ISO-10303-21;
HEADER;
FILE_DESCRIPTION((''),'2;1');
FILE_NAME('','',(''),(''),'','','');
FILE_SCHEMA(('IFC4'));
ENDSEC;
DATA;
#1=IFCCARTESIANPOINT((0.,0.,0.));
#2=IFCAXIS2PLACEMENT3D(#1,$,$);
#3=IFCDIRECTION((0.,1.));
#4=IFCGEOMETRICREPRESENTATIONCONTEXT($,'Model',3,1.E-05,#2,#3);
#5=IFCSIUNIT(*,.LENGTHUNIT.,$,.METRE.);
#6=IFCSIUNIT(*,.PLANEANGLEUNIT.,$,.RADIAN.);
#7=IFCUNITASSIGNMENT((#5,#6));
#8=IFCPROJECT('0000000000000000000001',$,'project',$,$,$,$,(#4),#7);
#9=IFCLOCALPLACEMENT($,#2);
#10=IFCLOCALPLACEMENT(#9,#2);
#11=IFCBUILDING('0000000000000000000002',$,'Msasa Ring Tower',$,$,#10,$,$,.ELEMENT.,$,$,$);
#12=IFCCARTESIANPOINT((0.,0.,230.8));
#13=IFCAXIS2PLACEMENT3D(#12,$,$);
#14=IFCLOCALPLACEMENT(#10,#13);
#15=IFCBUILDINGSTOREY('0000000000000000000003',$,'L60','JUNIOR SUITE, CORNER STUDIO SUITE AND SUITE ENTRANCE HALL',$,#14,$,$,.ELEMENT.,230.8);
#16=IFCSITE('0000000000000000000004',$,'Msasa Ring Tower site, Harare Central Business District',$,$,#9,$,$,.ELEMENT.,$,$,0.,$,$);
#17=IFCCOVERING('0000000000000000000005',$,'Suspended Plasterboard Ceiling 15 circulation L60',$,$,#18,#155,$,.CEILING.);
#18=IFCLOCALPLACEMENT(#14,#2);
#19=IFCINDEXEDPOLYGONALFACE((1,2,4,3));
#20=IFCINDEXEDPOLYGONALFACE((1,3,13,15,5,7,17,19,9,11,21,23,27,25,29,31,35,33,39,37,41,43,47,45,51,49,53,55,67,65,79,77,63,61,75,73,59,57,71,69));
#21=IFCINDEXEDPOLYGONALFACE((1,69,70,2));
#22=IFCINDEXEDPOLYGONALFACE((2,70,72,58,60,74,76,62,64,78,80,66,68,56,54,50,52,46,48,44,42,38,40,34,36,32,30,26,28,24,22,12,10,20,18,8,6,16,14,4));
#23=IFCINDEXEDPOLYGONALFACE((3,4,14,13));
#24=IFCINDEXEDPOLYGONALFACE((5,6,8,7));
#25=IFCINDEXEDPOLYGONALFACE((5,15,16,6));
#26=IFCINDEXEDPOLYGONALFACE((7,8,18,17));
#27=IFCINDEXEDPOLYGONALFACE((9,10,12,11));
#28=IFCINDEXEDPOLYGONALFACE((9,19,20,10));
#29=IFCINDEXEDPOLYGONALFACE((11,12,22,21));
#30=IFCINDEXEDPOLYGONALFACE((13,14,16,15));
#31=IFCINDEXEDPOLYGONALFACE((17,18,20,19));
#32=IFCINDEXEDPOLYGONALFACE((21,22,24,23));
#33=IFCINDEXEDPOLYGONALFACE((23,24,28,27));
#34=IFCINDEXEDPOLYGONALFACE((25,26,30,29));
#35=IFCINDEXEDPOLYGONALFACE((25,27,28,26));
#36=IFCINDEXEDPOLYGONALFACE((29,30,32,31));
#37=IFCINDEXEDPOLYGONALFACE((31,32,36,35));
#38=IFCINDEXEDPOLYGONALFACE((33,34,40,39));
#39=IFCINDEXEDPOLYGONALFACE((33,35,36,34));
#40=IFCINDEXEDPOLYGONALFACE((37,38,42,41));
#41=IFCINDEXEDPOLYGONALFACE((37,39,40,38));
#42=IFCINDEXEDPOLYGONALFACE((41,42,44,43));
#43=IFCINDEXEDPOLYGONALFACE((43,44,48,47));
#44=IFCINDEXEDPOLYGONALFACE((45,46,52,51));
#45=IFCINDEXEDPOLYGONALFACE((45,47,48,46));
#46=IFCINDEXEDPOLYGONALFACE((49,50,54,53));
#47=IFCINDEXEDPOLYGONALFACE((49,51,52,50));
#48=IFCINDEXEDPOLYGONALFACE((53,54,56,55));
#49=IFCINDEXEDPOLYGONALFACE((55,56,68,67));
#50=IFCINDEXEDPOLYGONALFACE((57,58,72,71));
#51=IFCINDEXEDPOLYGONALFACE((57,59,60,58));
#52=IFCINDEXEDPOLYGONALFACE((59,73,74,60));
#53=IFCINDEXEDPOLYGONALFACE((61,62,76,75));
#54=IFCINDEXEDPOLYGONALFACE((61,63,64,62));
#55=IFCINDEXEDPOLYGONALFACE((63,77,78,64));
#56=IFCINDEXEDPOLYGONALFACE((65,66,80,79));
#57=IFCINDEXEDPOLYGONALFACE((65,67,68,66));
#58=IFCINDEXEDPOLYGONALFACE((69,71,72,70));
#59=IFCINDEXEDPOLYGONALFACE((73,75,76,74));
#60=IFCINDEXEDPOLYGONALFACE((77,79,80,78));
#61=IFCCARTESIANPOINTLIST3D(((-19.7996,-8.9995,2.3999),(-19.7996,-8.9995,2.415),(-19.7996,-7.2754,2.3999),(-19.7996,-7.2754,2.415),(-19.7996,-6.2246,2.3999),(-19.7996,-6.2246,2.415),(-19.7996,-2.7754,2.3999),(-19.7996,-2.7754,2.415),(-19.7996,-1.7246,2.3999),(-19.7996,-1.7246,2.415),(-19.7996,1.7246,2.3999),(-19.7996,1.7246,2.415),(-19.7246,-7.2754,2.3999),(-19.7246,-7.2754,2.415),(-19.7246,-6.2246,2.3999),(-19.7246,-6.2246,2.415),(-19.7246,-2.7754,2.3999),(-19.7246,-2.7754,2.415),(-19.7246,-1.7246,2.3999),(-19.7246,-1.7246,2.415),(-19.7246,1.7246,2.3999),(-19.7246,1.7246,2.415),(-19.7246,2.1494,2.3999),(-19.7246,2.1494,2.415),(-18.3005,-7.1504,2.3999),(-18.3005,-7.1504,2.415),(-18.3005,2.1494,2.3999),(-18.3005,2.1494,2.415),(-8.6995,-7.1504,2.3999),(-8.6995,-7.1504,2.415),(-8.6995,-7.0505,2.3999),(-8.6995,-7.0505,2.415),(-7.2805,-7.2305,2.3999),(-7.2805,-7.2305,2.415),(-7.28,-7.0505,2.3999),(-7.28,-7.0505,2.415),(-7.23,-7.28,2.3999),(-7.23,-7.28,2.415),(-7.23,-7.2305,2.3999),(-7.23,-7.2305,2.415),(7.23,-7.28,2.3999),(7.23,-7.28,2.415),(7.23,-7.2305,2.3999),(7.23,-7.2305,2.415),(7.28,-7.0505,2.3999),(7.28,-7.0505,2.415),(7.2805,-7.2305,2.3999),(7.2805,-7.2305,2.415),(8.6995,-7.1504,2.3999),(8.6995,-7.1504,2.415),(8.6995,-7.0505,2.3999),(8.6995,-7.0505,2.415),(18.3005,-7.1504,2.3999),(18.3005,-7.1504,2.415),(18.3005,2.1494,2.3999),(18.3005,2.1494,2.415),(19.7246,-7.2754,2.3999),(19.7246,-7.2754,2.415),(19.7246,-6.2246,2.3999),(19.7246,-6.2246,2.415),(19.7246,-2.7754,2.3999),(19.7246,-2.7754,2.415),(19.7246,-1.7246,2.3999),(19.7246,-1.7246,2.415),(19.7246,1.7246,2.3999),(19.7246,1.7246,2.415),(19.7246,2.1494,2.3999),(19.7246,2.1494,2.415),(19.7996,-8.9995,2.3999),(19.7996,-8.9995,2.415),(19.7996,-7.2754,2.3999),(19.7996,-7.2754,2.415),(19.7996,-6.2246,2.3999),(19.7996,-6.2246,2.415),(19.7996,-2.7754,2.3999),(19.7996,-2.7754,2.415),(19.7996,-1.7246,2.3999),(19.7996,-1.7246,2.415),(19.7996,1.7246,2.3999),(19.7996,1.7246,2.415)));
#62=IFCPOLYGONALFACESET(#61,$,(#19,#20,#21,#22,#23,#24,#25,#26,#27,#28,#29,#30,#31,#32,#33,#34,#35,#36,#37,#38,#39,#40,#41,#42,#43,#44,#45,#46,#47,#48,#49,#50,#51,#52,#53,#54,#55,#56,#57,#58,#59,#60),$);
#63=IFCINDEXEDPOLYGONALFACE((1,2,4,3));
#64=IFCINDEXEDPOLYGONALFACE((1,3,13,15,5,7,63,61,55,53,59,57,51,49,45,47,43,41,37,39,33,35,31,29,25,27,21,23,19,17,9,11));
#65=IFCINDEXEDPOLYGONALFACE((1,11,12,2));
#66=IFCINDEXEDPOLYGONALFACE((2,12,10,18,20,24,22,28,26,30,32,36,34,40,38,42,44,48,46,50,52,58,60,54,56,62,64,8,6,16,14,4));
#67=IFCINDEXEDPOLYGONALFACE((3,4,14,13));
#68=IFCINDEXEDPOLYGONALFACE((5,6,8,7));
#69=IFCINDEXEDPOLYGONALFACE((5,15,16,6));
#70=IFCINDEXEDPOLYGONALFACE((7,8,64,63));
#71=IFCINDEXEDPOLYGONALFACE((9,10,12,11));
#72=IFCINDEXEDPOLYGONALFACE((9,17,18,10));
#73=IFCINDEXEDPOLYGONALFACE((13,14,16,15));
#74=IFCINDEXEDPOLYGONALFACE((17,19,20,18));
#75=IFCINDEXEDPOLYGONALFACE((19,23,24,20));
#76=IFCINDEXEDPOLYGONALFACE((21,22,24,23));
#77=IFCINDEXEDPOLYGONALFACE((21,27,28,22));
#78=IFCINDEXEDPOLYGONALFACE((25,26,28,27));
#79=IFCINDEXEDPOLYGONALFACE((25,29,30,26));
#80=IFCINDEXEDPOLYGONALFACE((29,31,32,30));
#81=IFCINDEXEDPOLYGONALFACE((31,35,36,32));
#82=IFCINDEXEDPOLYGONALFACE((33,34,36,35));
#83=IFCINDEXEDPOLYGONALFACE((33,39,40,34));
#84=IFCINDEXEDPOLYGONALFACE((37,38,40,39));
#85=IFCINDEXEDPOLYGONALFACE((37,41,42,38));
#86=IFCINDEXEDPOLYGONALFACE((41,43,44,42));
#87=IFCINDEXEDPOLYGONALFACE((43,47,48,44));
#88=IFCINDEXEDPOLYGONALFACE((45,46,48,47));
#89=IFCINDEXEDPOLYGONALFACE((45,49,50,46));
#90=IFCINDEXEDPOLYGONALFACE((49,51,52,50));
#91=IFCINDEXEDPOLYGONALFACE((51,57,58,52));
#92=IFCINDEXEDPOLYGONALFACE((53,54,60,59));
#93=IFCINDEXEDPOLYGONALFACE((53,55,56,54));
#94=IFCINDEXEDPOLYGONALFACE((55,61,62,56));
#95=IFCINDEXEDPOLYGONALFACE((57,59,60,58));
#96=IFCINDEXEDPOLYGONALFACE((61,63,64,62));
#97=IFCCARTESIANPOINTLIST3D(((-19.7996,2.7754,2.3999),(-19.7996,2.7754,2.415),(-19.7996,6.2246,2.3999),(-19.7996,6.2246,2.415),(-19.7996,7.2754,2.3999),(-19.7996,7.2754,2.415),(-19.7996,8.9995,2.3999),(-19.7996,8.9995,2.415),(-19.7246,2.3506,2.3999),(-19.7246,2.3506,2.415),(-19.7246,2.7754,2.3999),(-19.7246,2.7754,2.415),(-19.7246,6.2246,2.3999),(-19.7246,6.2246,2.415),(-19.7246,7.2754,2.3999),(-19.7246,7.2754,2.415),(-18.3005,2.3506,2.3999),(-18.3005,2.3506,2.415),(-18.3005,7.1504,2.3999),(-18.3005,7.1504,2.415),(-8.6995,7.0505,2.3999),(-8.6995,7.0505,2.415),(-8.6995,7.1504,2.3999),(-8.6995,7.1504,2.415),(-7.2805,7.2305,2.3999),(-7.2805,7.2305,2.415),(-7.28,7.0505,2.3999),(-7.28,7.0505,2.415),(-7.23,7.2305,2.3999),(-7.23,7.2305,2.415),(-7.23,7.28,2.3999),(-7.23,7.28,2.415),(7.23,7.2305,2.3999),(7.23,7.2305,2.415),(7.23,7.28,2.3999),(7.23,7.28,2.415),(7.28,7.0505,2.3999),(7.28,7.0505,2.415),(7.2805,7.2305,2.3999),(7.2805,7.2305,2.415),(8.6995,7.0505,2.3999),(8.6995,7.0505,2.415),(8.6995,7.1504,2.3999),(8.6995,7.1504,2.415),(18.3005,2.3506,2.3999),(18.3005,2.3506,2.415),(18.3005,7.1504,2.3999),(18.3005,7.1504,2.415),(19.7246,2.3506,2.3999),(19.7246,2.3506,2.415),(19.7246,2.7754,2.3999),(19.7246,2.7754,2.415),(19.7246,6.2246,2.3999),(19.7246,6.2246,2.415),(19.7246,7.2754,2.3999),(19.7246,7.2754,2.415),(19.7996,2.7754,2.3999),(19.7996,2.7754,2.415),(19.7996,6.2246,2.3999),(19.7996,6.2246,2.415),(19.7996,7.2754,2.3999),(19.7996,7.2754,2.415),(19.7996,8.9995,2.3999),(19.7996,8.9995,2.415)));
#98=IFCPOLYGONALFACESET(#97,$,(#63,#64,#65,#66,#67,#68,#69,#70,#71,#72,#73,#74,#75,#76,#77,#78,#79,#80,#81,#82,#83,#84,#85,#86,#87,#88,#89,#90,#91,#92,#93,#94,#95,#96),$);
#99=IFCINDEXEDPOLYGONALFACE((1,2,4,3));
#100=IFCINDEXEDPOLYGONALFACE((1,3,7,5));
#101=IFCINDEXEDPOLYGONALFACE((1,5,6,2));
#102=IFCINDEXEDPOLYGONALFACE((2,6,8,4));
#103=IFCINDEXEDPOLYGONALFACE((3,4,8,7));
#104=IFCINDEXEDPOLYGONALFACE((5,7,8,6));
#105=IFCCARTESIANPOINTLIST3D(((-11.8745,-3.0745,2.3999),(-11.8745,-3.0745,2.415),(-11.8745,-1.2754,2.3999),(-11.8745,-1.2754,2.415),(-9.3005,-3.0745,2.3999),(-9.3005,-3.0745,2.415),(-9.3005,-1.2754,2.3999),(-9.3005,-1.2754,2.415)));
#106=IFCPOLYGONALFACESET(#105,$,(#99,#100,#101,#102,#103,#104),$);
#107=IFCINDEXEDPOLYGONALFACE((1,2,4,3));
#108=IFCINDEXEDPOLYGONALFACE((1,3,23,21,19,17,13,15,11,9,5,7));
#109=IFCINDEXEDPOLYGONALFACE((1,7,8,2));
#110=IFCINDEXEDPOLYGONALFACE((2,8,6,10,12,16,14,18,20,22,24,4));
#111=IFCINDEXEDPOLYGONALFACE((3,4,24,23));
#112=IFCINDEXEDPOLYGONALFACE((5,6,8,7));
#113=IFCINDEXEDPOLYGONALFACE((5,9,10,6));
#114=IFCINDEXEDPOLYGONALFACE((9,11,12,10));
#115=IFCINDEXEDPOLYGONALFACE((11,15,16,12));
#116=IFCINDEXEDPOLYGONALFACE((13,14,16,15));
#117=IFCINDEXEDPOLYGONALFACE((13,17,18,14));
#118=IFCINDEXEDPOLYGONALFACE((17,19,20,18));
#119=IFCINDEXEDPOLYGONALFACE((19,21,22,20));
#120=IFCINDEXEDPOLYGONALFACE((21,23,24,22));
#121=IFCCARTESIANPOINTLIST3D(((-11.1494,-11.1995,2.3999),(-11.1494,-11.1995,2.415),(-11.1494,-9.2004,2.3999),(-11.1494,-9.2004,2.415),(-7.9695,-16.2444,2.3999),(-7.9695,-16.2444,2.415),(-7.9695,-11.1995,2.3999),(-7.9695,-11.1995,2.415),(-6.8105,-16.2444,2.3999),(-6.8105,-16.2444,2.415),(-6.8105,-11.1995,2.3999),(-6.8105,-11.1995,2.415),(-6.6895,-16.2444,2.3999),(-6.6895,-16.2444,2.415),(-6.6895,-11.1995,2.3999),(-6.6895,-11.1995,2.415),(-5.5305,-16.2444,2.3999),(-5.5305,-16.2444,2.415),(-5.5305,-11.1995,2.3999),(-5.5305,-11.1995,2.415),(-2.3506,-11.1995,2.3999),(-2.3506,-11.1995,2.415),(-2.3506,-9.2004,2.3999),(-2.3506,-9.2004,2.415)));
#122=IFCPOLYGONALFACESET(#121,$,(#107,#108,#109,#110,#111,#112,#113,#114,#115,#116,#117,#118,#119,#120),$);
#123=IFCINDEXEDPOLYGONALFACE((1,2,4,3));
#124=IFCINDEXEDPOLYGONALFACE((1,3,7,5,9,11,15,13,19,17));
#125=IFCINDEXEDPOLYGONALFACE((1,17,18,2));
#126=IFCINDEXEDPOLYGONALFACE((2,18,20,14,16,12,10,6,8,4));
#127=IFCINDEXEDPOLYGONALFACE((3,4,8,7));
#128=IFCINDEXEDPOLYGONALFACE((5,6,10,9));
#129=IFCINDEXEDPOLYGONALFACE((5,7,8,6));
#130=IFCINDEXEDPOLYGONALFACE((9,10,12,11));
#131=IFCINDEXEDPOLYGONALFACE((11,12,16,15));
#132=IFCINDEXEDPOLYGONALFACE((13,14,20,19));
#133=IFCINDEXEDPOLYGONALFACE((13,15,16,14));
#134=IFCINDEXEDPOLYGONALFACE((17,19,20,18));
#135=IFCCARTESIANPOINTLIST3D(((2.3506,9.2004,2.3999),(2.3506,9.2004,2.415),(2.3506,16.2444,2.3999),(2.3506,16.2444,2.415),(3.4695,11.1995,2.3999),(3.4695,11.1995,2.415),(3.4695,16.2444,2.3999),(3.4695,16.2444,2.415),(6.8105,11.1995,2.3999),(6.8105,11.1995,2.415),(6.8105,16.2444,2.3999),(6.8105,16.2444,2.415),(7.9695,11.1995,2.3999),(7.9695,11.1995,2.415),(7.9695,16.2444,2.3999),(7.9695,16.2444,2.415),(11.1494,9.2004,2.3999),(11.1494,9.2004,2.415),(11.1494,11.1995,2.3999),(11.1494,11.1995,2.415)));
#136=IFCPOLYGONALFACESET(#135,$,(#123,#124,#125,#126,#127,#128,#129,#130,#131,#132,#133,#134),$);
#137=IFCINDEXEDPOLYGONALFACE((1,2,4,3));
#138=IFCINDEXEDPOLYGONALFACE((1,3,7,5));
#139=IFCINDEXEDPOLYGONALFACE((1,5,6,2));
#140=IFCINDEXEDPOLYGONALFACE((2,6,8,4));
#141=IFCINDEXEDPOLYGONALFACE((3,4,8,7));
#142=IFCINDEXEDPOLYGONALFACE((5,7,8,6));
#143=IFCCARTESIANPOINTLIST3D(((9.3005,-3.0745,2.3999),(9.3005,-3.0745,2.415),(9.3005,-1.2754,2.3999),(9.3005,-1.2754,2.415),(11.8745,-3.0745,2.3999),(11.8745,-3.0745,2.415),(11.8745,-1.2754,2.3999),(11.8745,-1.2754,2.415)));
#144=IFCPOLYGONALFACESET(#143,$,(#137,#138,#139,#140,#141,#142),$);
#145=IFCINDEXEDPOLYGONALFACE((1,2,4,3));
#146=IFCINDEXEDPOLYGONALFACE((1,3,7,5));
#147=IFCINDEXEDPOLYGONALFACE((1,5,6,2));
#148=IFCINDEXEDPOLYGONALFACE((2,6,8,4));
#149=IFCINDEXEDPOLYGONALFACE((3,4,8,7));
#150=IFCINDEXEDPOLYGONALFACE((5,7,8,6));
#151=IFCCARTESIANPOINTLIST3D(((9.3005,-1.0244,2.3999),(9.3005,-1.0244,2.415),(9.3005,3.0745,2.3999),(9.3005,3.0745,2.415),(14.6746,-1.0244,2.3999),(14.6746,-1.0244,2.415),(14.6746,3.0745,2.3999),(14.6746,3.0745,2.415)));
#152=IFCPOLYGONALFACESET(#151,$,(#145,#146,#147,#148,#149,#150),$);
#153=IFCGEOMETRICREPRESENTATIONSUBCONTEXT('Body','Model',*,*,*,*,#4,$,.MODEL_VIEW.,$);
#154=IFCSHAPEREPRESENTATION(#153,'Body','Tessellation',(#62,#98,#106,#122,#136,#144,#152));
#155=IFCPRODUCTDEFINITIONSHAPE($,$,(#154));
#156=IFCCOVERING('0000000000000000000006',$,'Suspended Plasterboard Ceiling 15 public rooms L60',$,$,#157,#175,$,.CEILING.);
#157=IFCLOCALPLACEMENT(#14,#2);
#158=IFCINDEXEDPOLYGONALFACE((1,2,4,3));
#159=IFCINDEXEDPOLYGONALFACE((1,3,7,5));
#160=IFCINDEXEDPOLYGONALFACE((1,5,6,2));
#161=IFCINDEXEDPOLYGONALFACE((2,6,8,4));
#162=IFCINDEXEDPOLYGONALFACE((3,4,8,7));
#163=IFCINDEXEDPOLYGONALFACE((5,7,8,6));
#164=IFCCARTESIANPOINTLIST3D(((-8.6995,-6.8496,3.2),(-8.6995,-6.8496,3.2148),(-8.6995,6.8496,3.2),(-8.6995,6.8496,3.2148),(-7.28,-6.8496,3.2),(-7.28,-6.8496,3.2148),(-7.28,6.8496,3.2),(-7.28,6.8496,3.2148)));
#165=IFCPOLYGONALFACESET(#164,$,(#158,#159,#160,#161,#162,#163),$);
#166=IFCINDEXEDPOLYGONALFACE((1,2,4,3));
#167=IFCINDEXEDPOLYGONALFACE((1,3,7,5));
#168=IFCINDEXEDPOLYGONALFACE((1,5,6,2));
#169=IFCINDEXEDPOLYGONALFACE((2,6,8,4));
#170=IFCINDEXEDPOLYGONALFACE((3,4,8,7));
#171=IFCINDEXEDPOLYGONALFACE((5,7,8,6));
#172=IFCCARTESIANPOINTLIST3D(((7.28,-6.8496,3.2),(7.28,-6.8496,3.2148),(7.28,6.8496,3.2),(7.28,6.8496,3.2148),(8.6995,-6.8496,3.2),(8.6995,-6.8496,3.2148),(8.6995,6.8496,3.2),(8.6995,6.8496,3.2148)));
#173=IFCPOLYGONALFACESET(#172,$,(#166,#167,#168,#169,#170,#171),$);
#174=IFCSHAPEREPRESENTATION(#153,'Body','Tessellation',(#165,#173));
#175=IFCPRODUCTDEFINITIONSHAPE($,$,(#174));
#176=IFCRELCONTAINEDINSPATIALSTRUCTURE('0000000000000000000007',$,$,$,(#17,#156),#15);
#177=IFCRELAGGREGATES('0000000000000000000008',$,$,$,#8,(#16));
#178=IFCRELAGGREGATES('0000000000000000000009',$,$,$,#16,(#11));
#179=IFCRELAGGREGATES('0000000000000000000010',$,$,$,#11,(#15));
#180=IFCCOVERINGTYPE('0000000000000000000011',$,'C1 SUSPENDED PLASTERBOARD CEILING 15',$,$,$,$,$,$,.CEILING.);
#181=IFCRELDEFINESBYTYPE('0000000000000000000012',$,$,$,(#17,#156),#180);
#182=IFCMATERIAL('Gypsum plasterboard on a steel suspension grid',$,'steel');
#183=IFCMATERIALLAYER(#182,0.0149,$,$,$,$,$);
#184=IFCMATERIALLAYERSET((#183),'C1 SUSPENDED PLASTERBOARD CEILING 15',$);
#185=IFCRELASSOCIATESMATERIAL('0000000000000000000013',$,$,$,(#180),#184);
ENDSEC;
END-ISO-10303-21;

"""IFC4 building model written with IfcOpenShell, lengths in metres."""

from ifc_helpers import new_model, si_unit, direction, frame, origin, place, context, subcontext, project, spatial, line, indexed_curve, outline, extrude, material, layer, layer_set, type_object, element, save


model = new_model("IFC4")

# Units and contexts
model_context = context("Model", 3, precision=1e-05, world=origin(), true_north=direction((0.0, 1.0)))
body_context = subcontext(model_context, "Body", "Model", "MODEL_VIEW")
ifc_project = project(units=[si_unit("LENGTHUNIT", "METRE"), si_unit("PLANEANGLEUNIT", "RADIAN")], contexts=[model_context])

# Site, building, storey
site_placement = place(None, origin())
site = spatial("IfcSite", under=ifc_project, at=site_placement, Name="Msasa Ring Tower site, Harare Central Business District", CompositionType="ELEMENT", RefElevation=0.0)
building_placement = place(site_placement, origin())
building = spatial("IfcBuilding", under=site, at=building_placement, Name="Msasa Ring Tower", CompositionType="ELEMENT")
storey_placement = place(building_placement, frame((0.0, 0.0, 230.8)))
storey = spatial("IfcBuildingStorey", under=building, at=storey_placement, Name="L60", Description="JUNIOR SUITE, CORNER STUDIO SUITE AND SUITE ENTRANCE HALL", CompositionType="ELEMENT", Elevation=230.8)

# Coverings
ifc_material_1 = material(Name="Gypsum plasterboard on a steel suspension grid", Category="steel")
ifc_layer_1 = layer(ifc_material_1, 0.0149)
ifc_layer_set_1 = layer_set([ifc_layer_1], Name="C1 SUSPENDED PLASTERBOARD CEILING 15")
covering_type_1 = type_object("IfcCoveringType", Name="C1 SUSPENDED PLASTERBOARD CEILING 15", PredefinedType="CEILING", material=ifc_layer_set_1)
covering_1_placement = place(storey_placement, frame((0.0, 0.0, 2.3999)))
element("IfcCovering", 1, at=covering_1_placement, inside=storey, type_object=covering_type_1, Name="Suspended Plasterboard Ceiling 15 circulation L60", PredefinedType="CEILING", context=body_context, shape_type="SweptSolid", body=[
    extrude(outline(indexed_curve([(8.6995, -7.1504), (18.3005, -7.1504), (18.3005, 2.1494), (19.7246, 2.1494), (19.7246, 1.7246), (19.7996, 1.7246), (19.7996, -1.7246), (19.7246, -1.7246), (19.7246, -2.7754), (19.7996, -2.7754), (19.7996, -6.2246), (19.7246, -6.2246), (19.7246, -7.2754), (19.7996, -7.2754), (19.7996, -8.9995), (-19.7996, -8.9995), (-19.7996, -7.2754), (-19.7246, -7.2754), (-19.7246, -6.2246), (-19.7996, -6.2246), (-19.7996, -2.7754), (-19.7246, -2.7754), (-19.7246, -1.7246), (-19.7996, -1.7246), (-19.7996, 1.7246), (-19.7246, 1.7246), (-19.7246, 2.1494), (-18.3005, 2.1494), (-18.3005, -7.1504), (-8.6995, -7.1504), (-8.6995, -7.0505), (-7.28, -7.0505), (-7.2805, -7.2305), (-7.23, -7.2305), (-7.23, -7.28), (7.23, -7.28), (7.23, -7.2305), (7.2805, -7.2305), (7.28, -7.0505), (8.6995, -7.0505)], segments=[line(1, 2, 3, 4, 5, 6, 7, 8, 9, 10, 11, 12, 13, 14, 15, 16, 17, 18, 19, 20, 21, 22, 23, 24, 25, 26, 27, 28, 29, 30, 31, 32, 33, 34, 35, 36, 37, 38, 39, 40, 1)], self_intersect=False)), origin(), (0.0, 0.0, 1.0), 0.0151),
    extrude(outline(indexed_curve([(19.7996, 7.2754), (19.7246, 7.2754), (19.7246, 6.2246), (19.7996, 6.2246), (19.7996, 2.7754), (19.7246, 2.7754), (19.7246, 2.3506), (18.3005, 2.3506), (18.3005, 7.1504), (8.6995, 7.1504), (8.6995, 7.0505), (7.28, 7.0505), (7.2805, 7.2305), (7.23, 7.2305), (7.23, 7.28), (-7.23, 7.28), (-7.23, 7.2305), (-7.2805, 7.2305), (-7.28, 7.0505), (-8.6995, 7.0505), (-8.6995, 7.1504), (-18.3005, 7.1504), (-18.3005, 2.3506), (-19.7246, 2.3506), (-19.7246, 2.7754), (-19.7996, 2.7754), (-19.7996, 6.2246), (-19.7246, 6.2246), (-19.7246, 7.2754), (-19.7996, 7.2754), (-19.7996, 8.9995), (19.7996, 8.9995)], segments=[line(1, 2, 3, 4, 5, 6, 7, 8, 9, 10, 11, 12, 13, 14, 15, 16, 17, 18, 19, 20, 21, 22, 23, 24, 25, 26, 27, 28, 29, 30, 31, 32, 1)], self_intersect=False)), origin(), (0.0, 0.0, 1.0), 0.0151),
    extrude(outline(indexed_curve([(-11.8745, -3.0745), (-11.8745, -1.2754), (-9.3005, -1.2754), (-9.3005, -3.0745)], segments=[line(1, 2, 3, 4, 1)], self_intersect=False)), origin(), (0.0, 0.0, 1.0), 0.0151),
    extrude(outline(indexed_curve([(-5.5305, -16.2444), (-6.6895, -16.2444), (-6.6895, -11.1995), (-6.8105, -11.1995), (-6.8105, -16.2444), (-7.9695, -16.2444), (-7.9695, -11.1995), (-11.1494, -11.1995), (-11.1494, -9.2004), (-2.3506, -9.2004), (-2.3506, -11.1995), (-5.5305, -11.1995)], segments=[line(1, 2, 3, 4, 5, 6, 7, 8, 9, 10, 11, 12, 1)], self_intersect=False)), origin(), (0.0, 0.0, 1.0), 0.0151),
    extrude(outline(indexed_curve([(3.4695, 16.2444), (3.4695, 11.1995), (6.8105, 11.1995), (6.8105, 16.2444), (7.9695, 16.2444), (7.9695, 11.1995), (11.1494, 11.1995), (11.1494, 9.2004), (2.3506, 9.2004), (2.3506, 16.2444)], segments=[line(1, 2, 3, 4, 5, 6, 7, 8, 9, 10, 1)], self_intersect=False)), origin(), (0.0, 0.0, 1.0), 0.0151),
    extrude(outline(indexed_curve([(9.3005, -3.0745), (9.3005, -1.2754), (11.8745, -1.2754), (11.8745, -3.0745)], segments=[line(1, 2, 3, 4, 1)], self_intersect=False)), origin(), (0.0, 0.0, 1.0), 0.0151),
    extrude(outline(indexed_curve([(9.3005, -1.0244), (9.3005, 3.0745), (14.6746, 3.0745), (14.6746, -1.0244)], segments=[line(1, 2, 3, 4, 1)], self_intersect=False)), origin(), (0.0, 0.0, 1.0), 0.0151),
])
covering_2_placement = place(storey_placement, frame((0.0, 0.0, 3.2)))
element("IfcCovering", 2, at=covering_2_placement, inside=storey, type_object=covering_type_1, Name="Suspended Plasterboard Ceiling 15 public rooms L60", PredefinedType="CEILING", context=body_context, shape_type="SweptSolid", body=[
    extrude(outline(indexed_curve([(-7.28, 6.8496), (-7.28, -6.8496), (-8.6995, -6.8496), (-8.6995, 6.8496)], segments=[line(1, 2, 3, 4, 1)], self_intersect=False)), origin(), (0.0, 0.0, 1.0), 0.0149),
    extrude(outline(indexed_curve([(8.6995, 6.8496), (8.6995, -6.8496), (7.28, -6.8496), (7.28, 6.8496)], segments=[line(1, 2, 3, 4, 1)], self_intersect=False)), origin(), (0.0, 0.0, 1.0), 0.0149),
])

save(model, "model.ifc")
